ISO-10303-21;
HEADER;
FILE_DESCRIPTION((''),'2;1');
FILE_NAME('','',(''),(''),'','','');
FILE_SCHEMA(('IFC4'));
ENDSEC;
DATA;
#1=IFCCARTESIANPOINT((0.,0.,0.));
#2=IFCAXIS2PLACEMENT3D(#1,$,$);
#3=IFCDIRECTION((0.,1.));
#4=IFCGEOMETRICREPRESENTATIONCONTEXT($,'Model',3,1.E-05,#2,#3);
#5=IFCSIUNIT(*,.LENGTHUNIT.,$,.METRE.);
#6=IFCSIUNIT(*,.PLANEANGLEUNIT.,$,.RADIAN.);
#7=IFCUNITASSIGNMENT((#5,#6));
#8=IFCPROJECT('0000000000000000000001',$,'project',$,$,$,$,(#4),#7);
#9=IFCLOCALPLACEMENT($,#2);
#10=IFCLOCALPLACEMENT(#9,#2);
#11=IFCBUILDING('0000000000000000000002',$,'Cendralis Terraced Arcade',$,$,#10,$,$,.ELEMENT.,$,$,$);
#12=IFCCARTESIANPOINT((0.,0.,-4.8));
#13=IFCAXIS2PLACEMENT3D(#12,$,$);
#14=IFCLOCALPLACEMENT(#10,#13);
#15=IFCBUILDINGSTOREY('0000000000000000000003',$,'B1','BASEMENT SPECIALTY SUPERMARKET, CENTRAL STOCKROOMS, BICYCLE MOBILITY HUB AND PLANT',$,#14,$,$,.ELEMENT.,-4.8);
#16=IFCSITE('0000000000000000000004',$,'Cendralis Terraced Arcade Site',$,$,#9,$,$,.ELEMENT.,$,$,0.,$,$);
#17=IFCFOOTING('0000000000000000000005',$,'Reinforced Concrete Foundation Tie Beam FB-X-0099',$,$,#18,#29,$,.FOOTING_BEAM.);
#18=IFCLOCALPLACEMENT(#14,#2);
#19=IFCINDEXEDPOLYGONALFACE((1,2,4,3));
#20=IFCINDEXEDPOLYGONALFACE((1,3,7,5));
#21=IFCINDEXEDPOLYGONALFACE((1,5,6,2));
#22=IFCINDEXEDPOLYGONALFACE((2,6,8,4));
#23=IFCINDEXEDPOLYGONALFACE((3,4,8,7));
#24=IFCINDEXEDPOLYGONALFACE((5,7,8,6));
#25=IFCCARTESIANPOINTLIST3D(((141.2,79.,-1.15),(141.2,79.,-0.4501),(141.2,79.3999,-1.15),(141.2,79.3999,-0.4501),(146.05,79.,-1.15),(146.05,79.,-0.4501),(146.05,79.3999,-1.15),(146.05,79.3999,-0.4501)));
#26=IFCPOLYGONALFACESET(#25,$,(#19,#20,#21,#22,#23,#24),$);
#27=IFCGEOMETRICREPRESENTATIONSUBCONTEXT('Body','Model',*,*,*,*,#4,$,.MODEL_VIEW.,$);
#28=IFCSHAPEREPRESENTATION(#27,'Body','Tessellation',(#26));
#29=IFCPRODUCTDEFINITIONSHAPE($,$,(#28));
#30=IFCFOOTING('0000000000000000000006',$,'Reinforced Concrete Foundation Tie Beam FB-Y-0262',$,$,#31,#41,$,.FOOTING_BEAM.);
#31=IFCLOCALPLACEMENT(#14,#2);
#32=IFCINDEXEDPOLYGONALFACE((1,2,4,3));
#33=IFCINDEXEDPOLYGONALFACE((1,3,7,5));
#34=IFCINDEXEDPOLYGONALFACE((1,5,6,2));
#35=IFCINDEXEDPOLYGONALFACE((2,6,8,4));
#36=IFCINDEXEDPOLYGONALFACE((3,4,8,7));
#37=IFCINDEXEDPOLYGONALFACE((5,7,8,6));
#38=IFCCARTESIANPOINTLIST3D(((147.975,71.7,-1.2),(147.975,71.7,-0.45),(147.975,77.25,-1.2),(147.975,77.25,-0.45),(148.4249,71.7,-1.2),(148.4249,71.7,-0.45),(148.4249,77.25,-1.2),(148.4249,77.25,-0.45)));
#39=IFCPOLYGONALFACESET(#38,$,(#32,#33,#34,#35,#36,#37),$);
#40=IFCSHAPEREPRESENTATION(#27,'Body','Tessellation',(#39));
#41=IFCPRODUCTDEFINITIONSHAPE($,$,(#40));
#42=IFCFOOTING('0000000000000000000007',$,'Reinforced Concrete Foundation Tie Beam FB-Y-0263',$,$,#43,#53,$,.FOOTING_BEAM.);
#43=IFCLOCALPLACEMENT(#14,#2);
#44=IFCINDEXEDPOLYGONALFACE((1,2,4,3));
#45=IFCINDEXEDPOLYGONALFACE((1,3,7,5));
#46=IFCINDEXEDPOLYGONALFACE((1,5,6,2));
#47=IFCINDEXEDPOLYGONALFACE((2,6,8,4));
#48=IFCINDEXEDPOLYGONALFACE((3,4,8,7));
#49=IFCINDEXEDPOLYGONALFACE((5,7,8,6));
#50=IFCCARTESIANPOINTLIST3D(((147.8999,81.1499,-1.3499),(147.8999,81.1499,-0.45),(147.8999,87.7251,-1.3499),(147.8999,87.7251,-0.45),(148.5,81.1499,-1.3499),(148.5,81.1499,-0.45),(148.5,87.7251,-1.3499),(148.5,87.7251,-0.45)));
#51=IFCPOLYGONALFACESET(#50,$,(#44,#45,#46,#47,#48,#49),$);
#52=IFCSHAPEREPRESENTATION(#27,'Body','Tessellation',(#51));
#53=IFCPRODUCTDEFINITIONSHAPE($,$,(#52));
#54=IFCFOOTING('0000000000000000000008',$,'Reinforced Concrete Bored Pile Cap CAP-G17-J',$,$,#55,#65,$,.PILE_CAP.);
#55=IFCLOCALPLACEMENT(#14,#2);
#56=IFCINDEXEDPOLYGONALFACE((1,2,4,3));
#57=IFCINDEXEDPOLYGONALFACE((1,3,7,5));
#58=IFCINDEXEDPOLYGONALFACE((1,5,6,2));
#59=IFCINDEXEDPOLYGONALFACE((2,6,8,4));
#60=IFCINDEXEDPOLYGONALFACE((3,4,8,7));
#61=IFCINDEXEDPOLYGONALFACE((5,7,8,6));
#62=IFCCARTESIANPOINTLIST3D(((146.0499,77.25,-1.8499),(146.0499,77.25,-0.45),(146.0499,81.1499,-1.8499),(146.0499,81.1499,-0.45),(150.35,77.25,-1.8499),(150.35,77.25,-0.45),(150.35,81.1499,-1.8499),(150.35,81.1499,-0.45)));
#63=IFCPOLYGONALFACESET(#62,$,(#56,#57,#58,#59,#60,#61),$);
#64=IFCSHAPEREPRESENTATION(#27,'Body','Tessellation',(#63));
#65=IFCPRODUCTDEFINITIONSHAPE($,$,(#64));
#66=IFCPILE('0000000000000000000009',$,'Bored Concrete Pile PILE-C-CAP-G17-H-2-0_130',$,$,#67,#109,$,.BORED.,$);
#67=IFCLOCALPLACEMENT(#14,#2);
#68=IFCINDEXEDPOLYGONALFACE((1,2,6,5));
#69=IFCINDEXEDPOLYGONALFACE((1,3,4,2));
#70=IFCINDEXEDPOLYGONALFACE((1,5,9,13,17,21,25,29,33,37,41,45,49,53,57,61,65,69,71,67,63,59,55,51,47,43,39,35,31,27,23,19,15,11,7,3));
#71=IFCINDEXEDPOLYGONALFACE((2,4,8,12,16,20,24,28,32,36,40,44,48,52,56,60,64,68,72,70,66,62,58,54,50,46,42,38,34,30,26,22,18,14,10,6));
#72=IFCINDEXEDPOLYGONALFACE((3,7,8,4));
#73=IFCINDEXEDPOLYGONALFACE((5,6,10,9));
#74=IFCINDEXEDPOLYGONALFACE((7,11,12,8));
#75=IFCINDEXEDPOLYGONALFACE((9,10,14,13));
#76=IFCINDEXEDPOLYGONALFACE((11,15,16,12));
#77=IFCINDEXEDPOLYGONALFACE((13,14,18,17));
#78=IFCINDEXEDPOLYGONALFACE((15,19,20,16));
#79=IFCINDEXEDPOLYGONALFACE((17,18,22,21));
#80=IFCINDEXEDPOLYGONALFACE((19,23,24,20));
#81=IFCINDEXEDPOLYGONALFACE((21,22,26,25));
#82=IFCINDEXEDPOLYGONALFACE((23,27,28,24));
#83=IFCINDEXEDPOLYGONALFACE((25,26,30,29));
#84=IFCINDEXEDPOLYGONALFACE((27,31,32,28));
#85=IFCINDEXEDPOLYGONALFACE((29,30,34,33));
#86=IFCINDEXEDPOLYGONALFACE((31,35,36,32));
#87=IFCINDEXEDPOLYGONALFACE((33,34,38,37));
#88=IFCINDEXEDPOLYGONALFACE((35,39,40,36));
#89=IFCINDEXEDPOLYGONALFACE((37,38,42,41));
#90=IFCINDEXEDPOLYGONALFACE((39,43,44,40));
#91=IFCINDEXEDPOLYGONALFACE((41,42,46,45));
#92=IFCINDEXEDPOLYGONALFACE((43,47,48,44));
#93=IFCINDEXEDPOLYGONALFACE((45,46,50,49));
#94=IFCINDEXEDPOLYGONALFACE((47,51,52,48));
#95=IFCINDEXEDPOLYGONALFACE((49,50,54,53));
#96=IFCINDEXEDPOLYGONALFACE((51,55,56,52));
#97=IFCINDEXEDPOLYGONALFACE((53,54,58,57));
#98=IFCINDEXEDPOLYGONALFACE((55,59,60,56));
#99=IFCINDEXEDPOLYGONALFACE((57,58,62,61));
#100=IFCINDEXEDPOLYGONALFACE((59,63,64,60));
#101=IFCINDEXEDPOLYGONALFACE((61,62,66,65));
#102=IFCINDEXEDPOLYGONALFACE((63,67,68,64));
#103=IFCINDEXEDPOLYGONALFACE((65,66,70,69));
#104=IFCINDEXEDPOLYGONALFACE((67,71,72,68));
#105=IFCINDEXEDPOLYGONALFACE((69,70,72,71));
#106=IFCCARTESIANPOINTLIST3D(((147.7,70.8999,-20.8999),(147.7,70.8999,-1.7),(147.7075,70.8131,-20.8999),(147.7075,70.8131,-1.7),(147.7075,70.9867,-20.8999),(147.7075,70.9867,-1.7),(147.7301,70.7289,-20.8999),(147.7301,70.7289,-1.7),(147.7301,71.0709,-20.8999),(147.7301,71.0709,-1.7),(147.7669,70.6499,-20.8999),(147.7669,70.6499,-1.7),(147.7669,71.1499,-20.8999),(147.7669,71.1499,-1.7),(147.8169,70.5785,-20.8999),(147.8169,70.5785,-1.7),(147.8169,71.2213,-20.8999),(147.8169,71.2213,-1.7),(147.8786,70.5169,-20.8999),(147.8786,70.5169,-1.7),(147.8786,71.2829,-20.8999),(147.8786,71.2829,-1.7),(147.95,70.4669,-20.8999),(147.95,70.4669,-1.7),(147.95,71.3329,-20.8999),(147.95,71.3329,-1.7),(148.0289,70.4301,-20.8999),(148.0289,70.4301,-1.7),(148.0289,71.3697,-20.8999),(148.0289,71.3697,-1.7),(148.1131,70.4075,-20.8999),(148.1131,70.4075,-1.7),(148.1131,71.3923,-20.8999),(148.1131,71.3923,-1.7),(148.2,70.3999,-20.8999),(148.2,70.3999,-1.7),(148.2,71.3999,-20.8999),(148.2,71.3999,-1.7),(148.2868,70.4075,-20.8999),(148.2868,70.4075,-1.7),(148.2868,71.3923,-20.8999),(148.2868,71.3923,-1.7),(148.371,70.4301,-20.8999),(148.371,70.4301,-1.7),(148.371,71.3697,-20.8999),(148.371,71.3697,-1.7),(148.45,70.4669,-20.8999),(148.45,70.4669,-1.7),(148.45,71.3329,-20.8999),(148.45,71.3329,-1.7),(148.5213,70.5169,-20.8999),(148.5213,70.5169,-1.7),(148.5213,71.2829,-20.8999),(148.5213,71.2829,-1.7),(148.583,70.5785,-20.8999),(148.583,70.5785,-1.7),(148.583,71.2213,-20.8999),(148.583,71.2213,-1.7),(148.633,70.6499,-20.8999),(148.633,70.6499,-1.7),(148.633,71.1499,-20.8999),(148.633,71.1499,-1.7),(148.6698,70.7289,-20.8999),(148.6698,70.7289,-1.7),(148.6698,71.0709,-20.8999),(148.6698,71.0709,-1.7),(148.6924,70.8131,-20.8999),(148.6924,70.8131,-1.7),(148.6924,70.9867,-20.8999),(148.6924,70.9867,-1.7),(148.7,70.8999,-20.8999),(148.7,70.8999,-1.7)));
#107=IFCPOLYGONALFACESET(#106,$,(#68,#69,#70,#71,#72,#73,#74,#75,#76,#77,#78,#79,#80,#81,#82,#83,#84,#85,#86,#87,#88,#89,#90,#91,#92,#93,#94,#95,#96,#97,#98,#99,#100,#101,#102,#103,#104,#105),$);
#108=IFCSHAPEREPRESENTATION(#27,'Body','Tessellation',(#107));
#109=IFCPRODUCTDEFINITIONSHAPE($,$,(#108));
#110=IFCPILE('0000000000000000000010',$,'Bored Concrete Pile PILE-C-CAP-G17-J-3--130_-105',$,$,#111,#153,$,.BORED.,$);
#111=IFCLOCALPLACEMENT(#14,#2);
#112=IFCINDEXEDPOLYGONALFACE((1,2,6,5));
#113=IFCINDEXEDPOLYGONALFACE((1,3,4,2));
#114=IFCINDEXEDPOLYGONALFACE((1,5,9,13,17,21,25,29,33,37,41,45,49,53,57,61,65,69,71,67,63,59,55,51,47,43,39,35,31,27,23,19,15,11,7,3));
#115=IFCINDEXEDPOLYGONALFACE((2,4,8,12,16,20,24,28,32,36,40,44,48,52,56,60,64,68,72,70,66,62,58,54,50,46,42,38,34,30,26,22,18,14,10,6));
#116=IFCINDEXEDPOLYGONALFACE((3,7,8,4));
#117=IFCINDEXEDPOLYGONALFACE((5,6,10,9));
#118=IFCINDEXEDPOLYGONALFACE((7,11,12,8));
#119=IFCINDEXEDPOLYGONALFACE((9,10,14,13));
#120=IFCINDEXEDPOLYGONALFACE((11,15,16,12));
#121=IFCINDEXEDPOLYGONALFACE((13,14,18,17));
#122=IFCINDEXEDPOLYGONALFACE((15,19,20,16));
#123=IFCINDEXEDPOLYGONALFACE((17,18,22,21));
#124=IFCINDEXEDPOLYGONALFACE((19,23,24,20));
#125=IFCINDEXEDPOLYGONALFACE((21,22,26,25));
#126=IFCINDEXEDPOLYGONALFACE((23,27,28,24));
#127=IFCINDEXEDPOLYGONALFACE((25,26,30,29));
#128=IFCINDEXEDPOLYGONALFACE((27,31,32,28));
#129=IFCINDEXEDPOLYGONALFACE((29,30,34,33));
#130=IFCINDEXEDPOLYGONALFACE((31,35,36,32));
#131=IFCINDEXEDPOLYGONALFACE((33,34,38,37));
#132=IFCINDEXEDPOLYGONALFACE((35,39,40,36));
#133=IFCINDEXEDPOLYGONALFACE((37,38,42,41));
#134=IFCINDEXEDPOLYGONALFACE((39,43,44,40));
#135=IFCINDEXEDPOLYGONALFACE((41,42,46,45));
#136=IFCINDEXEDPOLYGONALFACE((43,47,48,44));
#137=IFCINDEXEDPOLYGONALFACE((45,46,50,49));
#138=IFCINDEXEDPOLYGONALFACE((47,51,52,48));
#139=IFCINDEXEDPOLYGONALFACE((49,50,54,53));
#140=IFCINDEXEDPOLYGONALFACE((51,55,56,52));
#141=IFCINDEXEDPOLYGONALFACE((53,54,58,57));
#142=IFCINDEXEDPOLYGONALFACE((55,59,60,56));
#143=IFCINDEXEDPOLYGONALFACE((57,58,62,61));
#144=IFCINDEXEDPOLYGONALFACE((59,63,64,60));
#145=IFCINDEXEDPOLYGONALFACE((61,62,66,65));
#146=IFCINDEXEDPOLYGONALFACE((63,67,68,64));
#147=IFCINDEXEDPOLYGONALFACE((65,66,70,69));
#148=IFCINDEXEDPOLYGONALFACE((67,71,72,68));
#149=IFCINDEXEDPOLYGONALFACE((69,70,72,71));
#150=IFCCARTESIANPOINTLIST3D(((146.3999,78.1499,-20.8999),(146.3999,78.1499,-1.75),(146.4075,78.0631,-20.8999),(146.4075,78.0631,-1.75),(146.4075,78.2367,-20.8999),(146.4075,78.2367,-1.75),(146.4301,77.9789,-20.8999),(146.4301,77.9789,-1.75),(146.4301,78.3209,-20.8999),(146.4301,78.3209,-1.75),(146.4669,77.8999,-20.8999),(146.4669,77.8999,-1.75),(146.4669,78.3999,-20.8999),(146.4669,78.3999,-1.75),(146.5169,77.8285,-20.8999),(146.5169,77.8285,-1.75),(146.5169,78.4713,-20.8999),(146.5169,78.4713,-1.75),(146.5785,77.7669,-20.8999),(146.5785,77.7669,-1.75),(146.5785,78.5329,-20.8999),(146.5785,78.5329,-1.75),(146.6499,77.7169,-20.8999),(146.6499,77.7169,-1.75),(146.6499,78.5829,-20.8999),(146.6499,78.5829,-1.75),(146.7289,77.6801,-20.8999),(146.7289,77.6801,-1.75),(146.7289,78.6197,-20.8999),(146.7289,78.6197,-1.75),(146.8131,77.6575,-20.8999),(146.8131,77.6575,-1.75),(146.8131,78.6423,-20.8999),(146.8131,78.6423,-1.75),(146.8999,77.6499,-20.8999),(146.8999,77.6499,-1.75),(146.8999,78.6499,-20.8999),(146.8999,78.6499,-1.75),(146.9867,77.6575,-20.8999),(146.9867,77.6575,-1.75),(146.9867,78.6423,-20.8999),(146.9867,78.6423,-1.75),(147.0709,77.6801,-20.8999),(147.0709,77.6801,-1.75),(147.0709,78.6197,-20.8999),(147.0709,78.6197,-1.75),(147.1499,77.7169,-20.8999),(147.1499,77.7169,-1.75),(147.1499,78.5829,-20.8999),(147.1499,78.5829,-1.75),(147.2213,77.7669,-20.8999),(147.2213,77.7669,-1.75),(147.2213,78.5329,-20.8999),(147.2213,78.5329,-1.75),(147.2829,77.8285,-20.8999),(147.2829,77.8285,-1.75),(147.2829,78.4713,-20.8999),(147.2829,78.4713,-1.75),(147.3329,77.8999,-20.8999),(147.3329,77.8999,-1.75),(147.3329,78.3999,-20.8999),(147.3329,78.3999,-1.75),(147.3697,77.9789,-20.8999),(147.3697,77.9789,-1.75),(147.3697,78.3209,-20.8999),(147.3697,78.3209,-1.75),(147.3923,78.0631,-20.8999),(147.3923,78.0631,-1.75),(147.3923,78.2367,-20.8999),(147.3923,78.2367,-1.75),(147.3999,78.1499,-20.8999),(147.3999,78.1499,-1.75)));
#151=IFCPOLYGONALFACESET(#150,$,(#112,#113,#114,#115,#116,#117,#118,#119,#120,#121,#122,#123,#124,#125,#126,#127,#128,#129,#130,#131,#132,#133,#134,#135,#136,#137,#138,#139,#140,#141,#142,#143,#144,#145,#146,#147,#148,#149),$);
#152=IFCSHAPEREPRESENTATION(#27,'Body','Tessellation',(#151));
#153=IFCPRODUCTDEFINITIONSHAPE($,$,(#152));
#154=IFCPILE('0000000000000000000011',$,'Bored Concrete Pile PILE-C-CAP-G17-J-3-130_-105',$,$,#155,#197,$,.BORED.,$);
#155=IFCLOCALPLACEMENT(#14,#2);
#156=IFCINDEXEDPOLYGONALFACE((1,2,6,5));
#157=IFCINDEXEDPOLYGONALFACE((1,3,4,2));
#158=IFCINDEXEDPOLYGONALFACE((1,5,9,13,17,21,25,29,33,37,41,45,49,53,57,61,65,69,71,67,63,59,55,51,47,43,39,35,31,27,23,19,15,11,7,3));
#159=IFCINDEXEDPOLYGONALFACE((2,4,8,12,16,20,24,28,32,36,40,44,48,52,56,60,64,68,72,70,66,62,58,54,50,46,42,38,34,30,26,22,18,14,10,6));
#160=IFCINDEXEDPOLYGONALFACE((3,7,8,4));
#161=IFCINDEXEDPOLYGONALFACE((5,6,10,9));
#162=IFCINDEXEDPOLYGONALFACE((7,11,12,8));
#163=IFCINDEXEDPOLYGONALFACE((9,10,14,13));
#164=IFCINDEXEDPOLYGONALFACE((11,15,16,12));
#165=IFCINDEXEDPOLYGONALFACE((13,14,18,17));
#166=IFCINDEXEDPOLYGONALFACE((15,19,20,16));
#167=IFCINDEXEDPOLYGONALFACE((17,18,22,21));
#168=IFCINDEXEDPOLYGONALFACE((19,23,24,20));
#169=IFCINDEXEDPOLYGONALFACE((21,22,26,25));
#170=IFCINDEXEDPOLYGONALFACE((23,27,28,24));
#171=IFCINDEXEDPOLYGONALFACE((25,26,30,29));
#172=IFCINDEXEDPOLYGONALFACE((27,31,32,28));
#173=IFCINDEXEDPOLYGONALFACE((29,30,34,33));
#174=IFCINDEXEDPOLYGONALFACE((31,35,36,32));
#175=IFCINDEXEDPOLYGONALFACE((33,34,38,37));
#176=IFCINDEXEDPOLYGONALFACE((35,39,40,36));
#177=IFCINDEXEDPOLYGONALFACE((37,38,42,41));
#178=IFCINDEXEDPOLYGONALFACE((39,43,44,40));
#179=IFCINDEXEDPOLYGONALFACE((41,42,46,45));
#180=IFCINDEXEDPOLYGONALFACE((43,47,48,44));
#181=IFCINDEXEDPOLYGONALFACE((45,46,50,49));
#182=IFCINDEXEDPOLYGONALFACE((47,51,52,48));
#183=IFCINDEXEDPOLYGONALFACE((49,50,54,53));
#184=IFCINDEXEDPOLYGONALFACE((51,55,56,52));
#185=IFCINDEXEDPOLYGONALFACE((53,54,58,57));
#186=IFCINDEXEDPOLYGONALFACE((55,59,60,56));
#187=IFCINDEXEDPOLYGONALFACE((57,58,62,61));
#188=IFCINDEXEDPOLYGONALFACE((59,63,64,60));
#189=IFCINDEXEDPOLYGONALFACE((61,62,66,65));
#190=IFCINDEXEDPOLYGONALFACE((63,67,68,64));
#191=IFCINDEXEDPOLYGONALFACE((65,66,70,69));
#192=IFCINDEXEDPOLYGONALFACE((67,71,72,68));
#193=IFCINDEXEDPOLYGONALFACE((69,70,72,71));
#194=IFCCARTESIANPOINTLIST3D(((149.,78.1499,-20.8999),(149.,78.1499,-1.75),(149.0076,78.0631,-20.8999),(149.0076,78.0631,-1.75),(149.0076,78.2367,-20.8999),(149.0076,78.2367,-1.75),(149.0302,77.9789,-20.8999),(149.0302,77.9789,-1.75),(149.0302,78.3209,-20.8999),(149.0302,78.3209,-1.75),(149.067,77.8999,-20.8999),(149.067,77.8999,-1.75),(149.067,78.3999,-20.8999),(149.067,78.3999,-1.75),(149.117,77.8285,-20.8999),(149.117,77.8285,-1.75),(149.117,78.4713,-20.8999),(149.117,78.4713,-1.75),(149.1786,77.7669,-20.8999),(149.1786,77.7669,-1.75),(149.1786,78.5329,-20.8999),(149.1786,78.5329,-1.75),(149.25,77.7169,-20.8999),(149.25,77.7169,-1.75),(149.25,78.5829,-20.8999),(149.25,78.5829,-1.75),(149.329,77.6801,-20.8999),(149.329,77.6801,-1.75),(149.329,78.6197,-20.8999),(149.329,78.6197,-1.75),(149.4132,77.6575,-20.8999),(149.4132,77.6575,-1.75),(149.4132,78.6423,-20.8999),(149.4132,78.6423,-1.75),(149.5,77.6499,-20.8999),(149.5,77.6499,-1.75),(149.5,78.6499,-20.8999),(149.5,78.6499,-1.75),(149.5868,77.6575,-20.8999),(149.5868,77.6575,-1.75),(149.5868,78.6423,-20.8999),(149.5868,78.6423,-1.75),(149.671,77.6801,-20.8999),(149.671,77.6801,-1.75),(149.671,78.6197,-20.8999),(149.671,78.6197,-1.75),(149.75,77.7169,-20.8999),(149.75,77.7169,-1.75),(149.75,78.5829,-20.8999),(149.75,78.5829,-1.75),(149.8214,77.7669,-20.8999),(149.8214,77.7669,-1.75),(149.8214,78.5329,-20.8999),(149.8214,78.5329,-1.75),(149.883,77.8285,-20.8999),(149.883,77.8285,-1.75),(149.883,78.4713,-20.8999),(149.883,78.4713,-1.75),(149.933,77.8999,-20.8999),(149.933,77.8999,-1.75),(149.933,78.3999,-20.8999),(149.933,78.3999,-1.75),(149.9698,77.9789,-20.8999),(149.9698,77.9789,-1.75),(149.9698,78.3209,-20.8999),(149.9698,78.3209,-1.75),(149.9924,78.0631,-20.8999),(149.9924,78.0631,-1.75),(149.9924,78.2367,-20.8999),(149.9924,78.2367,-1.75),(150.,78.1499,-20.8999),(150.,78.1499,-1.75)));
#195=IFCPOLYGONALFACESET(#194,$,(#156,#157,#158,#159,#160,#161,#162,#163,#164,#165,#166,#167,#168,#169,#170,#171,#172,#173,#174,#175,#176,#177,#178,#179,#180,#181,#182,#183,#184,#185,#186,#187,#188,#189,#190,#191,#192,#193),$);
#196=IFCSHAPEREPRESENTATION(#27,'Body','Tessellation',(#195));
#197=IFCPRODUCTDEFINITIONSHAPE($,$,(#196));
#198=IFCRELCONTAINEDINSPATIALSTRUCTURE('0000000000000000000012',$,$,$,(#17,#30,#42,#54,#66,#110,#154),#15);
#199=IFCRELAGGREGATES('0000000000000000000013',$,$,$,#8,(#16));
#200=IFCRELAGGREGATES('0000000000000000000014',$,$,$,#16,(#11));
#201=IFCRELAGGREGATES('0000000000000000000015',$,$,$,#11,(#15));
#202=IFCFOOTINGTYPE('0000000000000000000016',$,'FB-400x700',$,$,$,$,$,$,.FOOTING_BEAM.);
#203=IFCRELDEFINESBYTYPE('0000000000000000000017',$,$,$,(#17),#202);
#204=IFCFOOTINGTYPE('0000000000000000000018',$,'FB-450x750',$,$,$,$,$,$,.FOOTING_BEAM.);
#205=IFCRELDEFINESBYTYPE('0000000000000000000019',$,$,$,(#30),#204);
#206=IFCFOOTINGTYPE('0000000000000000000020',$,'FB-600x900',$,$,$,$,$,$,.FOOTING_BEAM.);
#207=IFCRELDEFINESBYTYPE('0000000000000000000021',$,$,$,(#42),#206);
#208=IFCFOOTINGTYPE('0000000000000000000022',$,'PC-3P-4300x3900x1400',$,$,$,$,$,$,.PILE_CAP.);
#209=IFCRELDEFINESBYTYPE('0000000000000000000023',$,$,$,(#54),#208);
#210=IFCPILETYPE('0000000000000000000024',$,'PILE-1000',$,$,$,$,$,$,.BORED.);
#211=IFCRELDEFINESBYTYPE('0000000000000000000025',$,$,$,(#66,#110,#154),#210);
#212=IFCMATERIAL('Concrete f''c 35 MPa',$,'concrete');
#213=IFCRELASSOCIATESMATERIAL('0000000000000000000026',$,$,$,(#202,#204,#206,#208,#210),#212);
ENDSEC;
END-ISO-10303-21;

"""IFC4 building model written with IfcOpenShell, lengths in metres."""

from ifc_helpers import new_model, si_unit, direction, frame, origin, origin_2d, place, context, subcontext, project, spatial, rectangle, circle, extrude, material, material_profile, profile_set, type_object, element, save


model = new_model("IFC4")

# Units and contexts
model_context = context("Model", 3, precision=1e-05, world=origin(), true_north=direction((0.0, 1.0)))
body_context = subcontext(model_context, "Body", "Model", "MODEL_VIEW")
ifc_project = project(units=[si_unit("LENGTHUNIT", "METRE"), si_unit("PLANEANGLEUNIT", "RADIAN")], contexts=[model_context])

# Site, building, storey
site_placement = place(None, origin())
site = spatial("IfcSite", under=ifc_project, at=site_placement, Name="Cendralis Terraced Arcade Site", CompositionType="ELEMENT", RefElevation=0.0)
building_placement = place(site_placement, origin())
building = spatial("IfcBuilding", under=site, at=building_placement, Name="Cendralis Terraced Arcade", CompositionType="ELEMENT")
storey_placement = place(building_placement, frame((0.0, 0.0, -4.8)))
storey = spatial("IfcBuildingStorey", under=building, at=storey_placement, Name="B1", Description="BASEMENT SPECIALTY SUPERMARKET, CENTRAL STOCKROOMS, BICYCLE MOBILITY HUB AND PLANT", CompositionType="ELEMENT", Elevation=-4.8)

# Footings
ifc_material_1 = material(Name="Concrete f'c 35 MPa", Category="concrete")
ifc_material_profile_1 = material_profile(ifc_material_1, rectangle(XDim=0.3999, YDim=0.7, at=origin_2d()), Name="FB-400x700", Category="LoadBearing")
ifc_profile_set_1 = profile_set([ifc_material_profile_1], Name="Concrete f'c 35 MPa")
footing_type_1 = type_object("IfcFootingType", Name="FB-400x700", PredefinedType="FOOTING_BEAM", material=ifc_profile_set_1)
footing_1_placement = place(storey_placement, frame((141.2, 79.2, -0.8), z_axis=(1.0, 0.0, 0.0), x_axis=(0.0, 1.0, 0.0)))
element("IfcFooting", 1, at=footing_1_placement, inside=storey, type_object=footing_type_1, Name="Reinforced Concrete Foundation Tie Beam FB-X-0099", PredefinedType="FOOTING_BEAM", context=body_context, shape_type="SweptSolid", body=[
    extrude(rectangle(XDim=0.3999, YDim=0.7, at=origin_2d()), origin(), (0.0, 0.0, 1.0), 4.8501),
])
ifc_material_profile_2 = material_profile(ifc_material_1, rectangle(XDim=0.45, YDim=0.75, at=origin_2d()), Name="FB-450x750", Category="LoadBearing")
ifc_profile_set_2 = profile_set([ifc_material_profile_2], Name="Concrete f'c 35 MPa")
footing_type_2 = type_object("IfcFootingType", Name="FB-450x750", PredefinedType="FOOTING_BEAM", material=ifc_profile_set_2)
footing_2_placement = place(storey_placement, frame((148.2, 71.7, -0.825), z_axis=(0.0, 1.0, 0.0), x_axis=(-1.0, 0.0, 0.0)))
element("IfcFooting", 2, at=footing_2_placement, inside=storey, type_object=footing_type_2, Name="Reinforced Concrete Foundation Tie Beam FB-Y-0262", PredefinedType="FOOTING_BEAM", context=body_context, shape_type="SweptSolid", body=[
    extrude(rectangle(XDim=0.45, YDim=0.75, at=origin_2d()), origin(), (0.0, 0.0, 1.0), 5.55),
])
ifc_material_profile_3 = material_profile(ifc_material_1, rectangle(XDim=0.6001, YDim=0.8999, at=origin_2d()), Name="FB-600x900", Category="LoadBearing")
ifc_profile_set_3 = profile_set([ifc_material_profile_3], Name="Concrete f'c 35 MPa")
footing_type_3 = type_object("IfcFootingType", Name="FB-600x900", PredefinedType="FOOTING_BEAM", material=ifc_profile_set_3)
footing_3_placement = place(storey_placement, frame((148.2, 81.1499, -0.8999), z_axis=(0.0, 1.0, 0.0), x_axis=(-1.0, 0.0, 0.0)))
element("IfcFooting", 3, at=footing_3_placement, inside=storey, type_object=footing_type_3, Name="Reinforced Concrete Foundation Tie Beam FB-Y-0263", PredefinedType="FOOTING_BEAM", context=body_context, shape_type="SweptSolid", body=[
    extrude(rectangle(XDim=0.6001, YDim=0.8999, at=origin_2d()), origin(), (0.0, 0.0, 1.0), 6.5752),
])
footing_type_4 = type_object("IfcFootingType", Name="PC-3P-4300x3900x1400", PredefinedType="PILE_CAP", material=ifc_material_1)
footing_4_placement = place(storey_placement, frame((148.2, 79.2, -1.8499), z_axis=(0.0, 0.0, 1.0), x_axis=(1.0, 0.0, 0.0)))
element("IfcFooting", 4, at=footing_4_placement, inside=storey, type_object=footing_type_4, Name="Reinforced Concrete Bored Pile Cap CAP-G17-J", PredefinedType="PILE_CAP", context=body_context, shape_type="SweptSolid", body=[
    extrude(rectangle(XDim=4.3, YDim=3.8999, at=origin_2d()), origin(), (0.0, 0.0, 1.0), 1.3999),
])

# Piles
ifc_material_profile_4 = material_profile(ifc_material_1, circle(Radius=0.5, at=origin_2d()), Name="PILE-D1000", Category="LoadBearing")
ifc_profile_set_4 = profile_set([ifc_material_profile_4], Name="Concrete f'c 35 MPa")
pile_type_1 = type_object("IfcPileType", Name="PILE-1000", PredefinedType="BORED", material=ifc_profile_set_4)
pile_placement = place(storey_placement, frame((148.2, 70.8999, -1.7), z_axis=(0.0, 0.0, -1.0), x_axis=(1.0, 0.0, 0.0)))
element("IfcPile", 5, at=pile_placement, inside=storey, type_object=pile_type_1, Name="Bored Concrete Pile PILE-C-CAP-G17-H-2-0_130", PredefinedType="BORED", context=body_context, shape_type="SweptSolid", body=[
    extrude(circle(Radius=0.5, at=origin_2d()), origin(), (0.0, 0.0, 1.0), 19.2),
])
for number, where, z_axis, x_axis, name in (
    (6, (146.8999, 78.1499, -1.75), (0.0, 0.0, -1.0), (1.0, 0.0, 0.0), "Bored Concrete Pile PILE-C-CAP-G17-J-3--130_-105"),
    (7, (149.5, 78.1499, -1.75), (0.0, 0.0, -1.0), (1.0, 0.0, 0.0), "Bored Concrete Pile PILE-C-CAP-G17-J-3-130_-105"),
):
    element("IfcPile", number, at=place(storey_placement, frame(where, z_axis=z_axis, x_axis=x_axis)), inside=storey, type_object=pile_type_1, Name=name, PredefinedType="BORED", context=body_context, shape_type="SweptSolid", body=[
        extrude(circle(Radius=0.5, at=origin_2d()), origin(), (0.0, 0.0, 1.0), 19.1499),
    ])

save(model, "model.ifc")
